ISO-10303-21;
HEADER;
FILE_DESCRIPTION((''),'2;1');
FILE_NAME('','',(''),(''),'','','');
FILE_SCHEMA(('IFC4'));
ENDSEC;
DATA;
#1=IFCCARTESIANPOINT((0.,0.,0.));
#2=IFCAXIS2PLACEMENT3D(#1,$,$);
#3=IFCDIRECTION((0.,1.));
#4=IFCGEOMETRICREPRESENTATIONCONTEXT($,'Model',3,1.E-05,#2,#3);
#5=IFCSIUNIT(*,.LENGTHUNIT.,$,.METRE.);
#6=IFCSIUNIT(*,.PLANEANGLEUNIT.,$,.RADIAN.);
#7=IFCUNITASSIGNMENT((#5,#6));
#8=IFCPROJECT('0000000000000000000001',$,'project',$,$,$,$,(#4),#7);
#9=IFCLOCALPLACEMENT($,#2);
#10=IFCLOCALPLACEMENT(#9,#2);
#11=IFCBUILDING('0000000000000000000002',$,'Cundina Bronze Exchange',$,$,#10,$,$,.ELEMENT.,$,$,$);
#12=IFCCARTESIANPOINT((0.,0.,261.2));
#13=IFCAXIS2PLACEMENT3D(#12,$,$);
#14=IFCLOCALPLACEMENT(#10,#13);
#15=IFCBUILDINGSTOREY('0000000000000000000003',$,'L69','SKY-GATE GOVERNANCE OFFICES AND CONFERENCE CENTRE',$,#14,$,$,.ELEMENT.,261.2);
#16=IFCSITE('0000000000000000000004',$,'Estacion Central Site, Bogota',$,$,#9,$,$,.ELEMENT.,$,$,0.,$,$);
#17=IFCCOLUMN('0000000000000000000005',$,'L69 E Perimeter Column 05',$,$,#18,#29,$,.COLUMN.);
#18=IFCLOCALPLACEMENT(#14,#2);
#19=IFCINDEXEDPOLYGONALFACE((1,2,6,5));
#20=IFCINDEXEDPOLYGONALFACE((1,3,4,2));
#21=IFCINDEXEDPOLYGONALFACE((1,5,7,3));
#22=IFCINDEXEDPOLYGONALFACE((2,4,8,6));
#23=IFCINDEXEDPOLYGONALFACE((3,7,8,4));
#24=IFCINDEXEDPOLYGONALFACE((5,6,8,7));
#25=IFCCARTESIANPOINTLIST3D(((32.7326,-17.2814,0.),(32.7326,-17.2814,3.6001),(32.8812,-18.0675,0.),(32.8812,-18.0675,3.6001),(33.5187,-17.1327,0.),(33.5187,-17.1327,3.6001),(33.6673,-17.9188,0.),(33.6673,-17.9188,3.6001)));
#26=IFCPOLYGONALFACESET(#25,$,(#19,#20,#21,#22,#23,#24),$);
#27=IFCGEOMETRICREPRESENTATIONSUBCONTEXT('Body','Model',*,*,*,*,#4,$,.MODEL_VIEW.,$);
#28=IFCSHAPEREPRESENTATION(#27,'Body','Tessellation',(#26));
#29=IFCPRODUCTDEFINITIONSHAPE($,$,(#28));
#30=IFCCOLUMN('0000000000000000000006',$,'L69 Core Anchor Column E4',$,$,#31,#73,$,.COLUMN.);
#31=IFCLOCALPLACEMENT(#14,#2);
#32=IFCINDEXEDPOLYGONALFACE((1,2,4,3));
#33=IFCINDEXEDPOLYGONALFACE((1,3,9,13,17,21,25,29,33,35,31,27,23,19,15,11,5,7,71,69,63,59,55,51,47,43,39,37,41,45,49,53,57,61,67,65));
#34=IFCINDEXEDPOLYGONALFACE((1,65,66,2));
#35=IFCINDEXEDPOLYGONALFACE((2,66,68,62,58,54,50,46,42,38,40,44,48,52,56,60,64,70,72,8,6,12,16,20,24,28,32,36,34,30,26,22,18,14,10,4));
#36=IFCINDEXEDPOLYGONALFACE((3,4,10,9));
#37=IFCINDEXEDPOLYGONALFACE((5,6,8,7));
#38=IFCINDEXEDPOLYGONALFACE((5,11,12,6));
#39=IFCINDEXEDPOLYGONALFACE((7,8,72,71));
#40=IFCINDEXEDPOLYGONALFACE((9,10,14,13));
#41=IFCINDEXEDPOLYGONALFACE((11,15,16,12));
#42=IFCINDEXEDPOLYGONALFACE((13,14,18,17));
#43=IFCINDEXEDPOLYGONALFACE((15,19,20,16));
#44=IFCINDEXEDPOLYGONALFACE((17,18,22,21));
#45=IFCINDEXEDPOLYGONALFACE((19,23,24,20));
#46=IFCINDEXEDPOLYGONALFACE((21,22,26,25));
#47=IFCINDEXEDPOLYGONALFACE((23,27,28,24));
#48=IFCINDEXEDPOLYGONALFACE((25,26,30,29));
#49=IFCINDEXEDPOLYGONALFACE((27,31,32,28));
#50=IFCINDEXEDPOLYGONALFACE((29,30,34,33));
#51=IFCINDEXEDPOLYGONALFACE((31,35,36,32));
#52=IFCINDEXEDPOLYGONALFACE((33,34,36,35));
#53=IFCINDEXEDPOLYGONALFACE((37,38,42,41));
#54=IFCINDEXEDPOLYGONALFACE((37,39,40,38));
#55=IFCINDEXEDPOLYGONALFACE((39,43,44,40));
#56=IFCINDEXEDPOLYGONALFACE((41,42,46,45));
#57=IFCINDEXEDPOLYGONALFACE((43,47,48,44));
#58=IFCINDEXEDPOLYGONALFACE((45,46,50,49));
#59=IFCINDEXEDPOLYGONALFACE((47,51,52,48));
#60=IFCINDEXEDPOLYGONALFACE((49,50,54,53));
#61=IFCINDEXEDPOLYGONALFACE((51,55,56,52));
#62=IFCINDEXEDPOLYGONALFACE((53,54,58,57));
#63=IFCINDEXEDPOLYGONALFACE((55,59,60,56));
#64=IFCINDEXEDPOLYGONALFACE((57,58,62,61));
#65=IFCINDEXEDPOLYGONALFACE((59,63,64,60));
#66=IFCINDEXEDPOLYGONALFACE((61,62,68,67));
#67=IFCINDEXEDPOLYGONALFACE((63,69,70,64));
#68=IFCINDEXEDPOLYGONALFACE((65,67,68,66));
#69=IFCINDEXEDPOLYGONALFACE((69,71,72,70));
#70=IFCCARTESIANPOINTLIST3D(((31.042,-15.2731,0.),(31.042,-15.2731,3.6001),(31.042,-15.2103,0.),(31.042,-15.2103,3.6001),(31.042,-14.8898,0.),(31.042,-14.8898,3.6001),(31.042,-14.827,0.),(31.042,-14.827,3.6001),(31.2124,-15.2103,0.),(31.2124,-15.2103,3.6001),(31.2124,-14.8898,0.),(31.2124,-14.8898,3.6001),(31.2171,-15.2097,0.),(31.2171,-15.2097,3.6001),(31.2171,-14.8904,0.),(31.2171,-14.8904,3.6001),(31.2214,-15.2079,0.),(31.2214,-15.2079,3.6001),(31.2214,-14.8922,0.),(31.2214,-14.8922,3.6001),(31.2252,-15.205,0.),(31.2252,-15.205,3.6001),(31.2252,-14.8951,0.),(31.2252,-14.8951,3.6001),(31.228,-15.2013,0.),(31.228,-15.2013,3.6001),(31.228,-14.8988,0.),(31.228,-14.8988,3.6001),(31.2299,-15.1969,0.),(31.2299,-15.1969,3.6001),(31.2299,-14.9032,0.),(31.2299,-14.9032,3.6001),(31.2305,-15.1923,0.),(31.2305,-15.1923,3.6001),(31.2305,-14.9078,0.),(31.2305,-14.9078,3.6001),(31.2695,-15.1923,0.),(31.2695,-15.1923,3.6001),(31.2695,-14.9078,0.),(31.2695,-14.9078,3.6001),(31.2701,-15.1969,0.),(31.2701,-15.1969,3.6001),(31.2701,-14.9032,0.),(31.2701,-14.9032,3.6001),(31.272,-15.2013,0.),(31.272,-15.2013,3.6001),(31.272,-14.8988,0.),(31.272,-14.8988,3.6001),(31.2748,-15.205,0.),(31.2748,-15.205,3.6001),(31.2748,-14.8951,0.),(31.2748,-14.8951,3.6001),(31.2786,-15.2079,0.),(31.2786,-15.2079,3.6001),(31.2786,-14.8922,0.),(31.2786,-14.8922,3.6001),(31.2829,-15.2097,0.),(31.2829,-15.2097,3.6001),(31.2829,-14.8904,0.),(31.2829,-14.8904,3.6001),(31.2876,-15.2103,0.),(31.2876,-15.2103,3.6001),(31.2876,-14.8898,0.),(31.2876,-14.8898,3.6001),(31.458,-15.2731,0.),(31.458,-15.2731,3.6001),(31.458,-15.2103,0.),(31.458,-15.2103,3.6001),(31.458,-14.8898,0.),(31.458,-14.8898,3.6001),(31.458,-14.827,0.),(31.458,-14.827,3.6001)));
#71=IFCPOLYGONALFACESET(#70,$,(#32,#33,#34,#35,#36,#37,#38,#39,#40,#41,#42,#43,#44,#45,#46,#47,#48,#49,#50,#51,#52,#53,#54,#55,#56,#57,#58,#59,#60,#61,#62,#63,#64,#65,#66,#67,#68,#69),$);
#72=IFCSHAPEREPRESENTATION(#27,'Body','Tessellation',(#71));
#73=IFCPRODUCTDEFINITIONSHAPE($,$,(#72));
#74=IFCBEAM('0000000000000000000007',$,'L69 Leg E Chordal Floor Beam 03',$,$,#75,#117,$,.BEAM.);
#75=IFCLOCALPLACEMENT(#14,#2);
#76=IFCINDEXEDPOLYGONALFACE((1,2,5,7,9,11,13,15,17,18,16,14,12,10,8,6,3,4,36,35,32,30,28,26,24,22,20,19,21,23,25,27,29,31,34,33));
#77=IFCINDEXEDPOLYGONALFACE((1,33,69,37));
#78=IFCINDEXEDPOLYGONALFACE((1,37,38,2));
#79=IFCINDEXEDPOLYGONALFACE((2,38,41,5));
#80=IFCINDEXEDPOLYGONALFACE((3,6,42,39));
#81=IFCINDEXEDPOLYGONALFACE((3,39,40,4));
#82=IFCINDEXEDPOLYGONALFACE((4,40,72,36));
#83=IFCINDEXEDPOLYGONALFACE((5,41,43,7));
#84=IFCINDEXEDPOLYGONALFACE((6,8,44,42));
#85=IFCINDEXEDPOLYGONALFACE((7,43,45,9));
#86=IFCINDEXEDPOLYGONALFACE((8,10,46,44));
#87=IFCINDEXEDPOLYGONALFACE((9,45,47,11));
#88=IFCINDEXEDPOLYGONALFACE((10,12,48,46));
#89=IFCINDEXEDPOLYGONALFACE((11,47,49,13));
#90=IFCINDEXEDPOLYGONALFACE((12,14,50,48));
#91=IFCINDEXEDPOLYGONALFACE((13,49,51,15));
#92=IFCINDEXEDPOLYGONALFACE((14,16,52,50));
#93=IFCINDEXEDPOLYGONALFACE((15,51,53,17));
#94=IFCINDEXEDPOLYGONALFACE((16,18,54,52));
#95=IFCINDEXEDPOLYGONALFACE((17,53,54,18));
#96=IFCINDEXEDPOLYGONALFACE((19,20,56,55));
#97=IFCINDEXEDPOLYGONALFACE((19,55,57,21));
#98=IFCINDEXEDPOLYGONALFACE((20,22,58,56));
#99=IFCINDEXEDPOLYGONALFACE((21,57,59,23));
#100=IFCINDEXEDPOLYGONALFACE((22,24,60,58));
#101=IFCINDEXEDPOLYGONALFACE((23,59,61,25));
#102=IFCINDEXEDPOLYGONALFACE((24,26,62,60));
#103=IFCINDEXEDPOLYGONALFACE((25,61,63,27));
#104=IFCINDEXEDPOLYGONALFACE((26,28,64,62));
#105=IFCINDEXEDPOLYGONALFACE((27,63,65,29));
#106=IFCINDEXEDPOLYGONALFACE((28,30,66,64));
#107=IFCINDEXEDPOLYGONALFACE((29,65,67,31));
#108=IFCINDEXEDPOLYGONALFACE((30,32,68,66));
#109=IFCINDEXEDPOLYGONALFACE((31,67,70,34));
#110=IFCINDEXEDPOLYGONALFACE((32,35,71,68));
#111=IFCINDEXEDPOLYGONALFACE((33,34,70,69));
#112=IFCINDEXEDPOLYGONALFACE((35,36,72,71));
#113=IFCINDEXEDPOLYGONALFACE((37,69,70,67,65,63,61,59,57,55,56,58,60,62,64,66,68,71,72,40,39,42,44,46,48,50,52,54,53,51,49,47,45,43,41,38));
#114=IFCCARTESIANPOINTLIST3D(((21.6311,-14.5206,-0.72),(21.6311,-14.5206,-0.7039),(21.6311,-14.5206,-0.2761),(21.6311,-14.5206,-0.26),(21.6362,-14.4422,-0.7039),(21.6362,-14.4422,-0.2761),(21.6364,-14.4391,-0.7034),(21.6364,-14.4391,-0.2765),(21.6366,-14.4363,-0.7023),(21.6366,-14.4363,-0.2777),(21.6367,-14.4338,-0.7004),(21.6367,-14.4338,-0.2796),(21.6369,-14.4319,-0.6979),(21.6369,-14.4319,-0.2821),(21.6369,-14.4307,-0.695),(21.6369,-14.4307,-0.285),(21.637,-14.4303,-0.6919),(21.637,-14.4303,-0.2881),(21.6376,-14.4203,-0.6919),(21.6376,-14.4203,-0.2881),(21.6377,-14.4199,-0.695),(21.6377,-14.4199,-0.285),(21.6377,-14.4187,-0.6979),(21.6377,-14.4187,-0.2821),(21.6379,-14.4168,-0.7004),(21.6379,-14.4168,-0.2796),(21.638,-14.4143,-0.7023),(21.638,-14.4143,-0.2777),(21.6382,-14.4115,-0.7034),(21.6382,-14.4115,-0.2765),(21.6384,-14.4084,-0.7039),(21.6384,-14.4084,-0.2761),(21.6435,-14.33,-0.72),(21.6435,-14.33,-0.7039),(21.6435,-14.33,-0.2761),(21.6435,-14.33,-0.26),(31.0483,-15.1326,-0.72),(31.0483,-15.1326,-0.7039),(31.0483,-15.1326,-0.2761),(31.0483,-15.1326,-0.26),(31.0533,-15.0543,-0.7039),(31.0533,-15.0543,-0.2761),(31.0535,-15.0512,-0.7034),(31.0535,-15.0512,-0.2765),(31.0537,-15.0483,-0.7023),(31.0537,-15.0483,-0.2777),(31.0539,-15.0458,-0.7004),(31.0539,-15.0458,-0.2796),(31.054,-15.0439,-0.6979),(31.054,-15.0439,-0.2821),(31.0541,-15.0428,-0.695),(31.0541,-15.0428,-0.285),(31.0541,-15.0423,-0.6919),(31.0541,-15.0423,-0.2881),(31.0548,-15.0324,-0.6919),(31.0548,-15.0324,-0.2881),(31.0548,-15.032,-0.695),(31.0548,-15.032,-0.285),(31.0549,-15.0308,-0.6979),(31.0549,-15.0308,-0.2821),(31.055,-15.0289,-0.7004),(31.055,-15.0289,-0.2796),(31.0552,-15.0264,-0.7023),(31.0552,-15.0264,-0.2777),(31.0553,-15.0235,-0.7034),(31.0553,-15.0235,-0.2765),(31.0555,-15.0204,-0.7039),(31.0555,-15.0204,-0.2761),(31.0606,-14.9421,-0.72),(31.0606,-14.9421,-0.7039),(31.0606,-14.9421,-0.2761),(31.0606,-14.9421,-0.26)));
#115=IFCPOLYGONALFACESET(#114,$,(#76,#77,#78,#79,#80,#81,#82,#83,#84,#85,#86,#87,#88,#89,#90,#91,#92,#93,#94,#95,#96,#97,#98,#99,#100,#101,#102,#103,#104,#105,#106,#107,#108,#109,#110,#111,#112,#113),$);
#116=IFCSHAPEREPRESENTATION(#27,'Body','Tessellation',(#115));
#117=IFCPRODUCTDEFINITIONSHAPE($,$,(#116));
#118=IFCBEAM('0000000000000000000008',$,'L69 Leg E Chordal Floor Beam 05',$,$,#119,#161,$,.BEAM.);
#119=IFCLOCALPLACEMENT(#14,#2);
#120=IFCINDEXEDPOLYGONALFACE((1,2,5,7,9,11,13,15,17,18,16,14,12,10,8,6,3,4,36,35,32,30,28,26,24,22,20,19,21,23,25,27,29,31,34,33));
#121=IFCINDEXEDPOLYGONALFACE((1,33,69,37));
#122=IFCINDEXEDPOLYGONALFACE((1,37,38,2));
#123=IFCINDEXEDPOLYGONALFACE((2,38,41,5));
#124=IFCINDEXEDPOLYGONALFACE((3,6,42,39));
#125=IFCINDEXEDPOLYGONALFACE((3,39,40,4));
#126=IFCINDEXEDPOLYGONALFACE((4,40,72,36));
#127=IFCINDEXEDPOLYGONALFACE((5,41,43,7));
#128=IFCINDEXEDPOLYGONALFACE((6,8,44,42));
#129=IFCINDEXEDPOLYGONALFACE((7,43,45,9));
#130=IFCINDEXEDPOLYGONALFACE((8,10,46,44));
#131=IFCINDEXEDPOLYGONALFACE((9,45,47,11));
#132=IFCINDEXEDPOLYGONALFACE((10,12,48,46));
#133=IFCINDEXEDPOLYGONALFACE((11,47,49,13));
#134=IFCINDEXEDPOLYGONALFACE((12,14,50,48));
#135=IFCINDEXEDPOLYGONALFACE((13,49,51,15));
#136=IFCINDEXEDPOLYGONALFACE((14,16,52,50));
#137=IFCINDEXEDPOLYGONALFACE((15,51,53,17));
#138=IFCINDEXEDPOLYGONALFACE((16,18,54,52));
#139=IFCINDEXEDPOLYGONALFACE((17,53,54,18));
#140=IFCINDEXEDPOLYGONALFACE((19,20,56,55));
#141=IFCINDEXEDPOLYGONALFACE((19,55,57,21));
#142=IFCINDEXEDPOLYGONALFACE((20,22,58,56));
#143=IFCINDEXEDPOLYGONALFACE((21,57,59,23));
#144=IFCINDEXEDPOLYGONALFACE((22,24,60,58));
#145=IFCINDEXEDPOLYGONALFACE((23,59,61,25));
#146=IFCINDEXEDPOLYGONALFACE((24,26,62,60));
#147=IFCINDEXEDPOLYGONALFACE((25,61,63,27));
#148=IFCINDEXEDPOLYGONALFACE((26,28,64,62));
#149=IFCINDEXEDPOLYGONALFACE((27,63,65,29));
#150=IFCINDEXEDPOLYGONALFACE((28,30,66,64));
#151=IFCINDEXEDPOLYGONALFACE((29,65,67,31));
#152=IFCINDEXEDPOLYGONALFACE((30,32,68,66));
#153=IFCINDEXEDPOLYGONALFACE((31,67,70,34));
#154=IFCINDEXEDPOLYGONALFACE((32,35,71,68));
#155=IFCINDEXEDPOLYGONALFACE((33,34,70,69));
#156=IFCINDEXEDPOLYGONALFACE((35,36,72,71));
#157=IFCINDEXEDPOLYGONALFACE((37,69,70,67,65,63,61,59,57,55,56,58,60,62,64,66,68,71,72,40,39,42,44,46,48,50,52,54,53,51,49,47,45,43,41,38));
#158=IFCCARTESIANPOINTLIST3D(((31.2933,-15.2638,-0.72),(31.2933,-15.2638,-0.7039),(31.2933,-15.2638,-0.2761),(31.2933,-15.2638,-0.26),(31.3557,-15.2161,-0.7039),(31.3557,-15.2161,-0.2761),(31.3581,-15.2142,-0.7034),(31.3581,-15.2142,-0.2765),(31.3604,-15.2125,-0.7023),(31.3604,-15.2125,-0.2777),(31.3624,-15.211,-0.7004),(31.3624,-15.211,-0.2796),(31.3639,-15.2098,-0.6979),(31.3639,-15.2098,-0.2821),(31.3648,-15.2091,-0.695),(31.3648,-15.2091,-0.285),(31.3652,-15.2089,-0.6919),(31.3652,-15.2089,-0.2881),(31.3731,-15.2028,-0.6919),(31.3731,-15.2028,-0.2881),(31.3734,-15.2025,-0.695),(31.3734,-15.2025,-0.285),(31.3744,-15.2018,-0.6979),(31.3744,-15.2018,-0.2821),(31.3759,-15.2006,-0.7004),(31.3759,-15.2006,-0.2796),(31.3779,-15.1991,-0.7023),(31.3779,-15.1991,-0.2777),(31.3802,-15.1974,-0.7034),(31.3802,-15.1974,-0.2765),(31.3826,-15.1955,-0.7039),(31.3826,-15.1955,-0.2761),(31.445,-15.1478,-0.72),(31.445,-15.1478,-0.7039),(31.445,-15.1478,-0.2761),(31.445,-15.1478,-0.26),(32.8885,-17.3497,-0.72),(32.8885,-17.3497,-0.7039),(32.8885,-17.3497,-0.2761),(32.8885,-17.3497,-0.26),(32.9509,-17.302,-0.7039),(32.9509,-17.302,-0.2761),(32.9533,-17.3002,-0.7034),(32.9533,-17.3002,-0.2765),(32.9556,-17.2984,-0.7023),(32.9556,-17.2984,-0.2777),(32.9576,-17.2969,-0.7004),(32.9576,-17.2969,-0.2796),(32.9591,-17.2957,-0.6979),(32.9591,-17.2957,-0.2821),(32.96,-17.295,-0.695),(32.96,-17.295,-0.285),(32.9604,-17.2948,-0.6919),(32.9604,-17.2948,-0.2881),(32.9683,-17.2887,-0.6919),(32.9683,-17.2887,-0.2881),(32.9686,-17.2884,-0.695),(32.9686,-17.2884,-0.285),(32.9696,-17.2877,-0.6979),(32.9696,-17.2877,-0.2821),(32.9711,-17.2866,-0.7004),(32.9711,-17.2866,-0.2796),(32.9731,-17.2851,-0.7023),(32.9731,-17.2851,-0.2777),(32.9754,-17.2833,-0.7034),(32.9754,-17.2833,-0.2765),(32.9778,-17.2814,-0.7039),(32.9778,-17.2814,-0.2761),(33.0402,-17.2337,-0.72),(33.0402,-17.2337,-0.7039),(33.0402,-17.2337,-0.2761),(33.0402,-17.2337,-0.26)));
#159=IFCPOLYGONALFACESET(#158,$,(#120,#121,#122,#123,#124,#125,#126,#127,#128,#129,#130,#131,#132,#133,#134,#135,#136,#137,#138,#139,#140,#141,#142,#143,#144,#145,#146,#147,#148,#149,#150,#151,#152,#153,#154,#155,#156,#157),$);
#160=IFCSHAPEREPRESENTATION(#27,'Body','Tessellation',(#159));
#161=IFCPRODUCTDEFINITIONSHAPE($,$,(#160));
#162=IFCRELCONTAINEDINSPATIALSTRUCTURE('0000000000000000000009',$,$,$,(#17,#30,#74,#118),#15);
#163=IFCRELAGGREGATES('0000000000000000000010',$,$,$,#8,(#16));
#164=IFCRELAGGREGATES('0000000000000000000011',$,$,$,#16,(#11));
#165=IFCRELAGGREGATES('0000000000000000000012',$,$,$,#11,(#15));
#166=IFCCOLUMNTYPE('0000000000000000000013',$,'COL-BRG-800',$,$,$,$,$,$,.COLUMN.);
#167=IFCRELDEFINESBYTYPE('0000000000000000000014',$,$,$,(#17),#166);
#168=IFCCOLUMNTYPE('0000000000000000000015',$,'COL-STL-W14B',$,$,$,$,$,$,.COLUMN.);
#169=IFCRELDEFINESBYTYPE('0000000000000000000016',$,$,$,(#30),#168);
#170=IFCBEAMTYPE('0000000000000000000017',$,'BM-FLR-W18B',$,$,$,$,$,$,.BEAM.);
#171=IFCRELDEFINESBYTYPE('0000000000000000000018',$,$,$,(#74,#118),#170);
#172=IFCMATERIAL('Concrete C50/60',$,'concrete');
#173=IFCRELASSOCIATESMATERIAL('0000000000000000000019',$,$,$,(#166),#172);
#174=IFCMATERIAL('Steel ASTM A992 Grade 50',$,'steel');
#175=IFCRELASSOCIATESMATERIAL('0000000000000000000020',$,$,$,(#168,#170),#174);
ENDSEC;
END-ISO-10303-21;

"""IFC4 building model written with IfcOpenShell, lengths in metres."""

from ifc_helpers import new_model, si_unit, direction, frame, origin, origin_2d, place, context, subcontext, project, spatial, rectangle, i_section, extrude, material, material_profile, profile_set, type_object, element, save


model = new_model("IFC4")

# Units and contexts
model_context = context("Model", 3, precision=1e-05, world=origin(), true_north=direction((0.0, 1.0)))
body_context = subcontext(model_context, "Body", "Model", "MODEL_VIEW")
ifc_project = project(units=[si_unit("LENGTHUNIT", "METRE"), si_unit("PLANEANGLEUNIT", "RADIAN")], contexts=[model_context])

# Site, building, storey
site_placement = place(None, origin())
site = spatial("IfcSite", under=ifc_project, at=site_placement, Name="Estacion Central Site, Bogota", CompositionType="ELEMENT", RefElevation=0.0)
building_placement = place(site_placement, origin())
building = spatial("IfcBuilding", under=site, at=building_placement, Name="Cundina Bronze Exchange", CompositionType="ELEMENT")
storey_placement = place(building_placement, frame((0.0, 0.0, 261.2)))
storey = spatial("IfcBuildingStorey", under=building, at=storey_placement, Name="L69", Description="SKY-GATE GOVERNANCE OFFICES AND CONFERENCE CENTRE", CompositionType="ELEMENT", Elevation=261.2)

# Columns
ifc_material_1 = material(Name="Concrete C50/60", Category="concrete")
ifc_material_profile_1 = material_profile(ifc_material_1, rectangle(XDim=0.8, YDim=0.8, at=origin_2d()), Name="RC800X800", Category="concrete")
ifc_profile_set_1 = profile_set([ifc_material_profile_1], Name="Concrete C50/60")
column_type_1 = type_object("IfcColumnType", Name="COL-BRG-800", PredefinedType="COLUMN", material=ifc_profile_set_1)
column_1_placement = place(storey_placement, frame((33.2, -17.6001, 0.0), z_axis=(0.0, 0.0, 1.0), x_axis=(0.98258, 0.185838, 0.0)))
element("IfcColumn", 1, at=column_1_placement, inside=storey, type_object=column_type_1, Name="L69 E Perimeter Column 05", PredefinedType="COLUMN", context=body_context, shape_type="SweptSolid", body=[
    extrude(rectangle(XDim=0.8, YDim=0.8, at=origin_2d()), origin(), (0.0, 0.0, 1.0), 3.6001),
])
ifc_material_2 = material(Name="Steel ASTM A992 Grade 50", Category="steel")
ifc_material_profile_2 = material_profile(ifc_material_2, i_section(OverallWidth=0.416, OverallDepth=0.446, WebThickness=0.0391, FlangeThickness=0.0627, FilletRadius=0.0181, at=origin_2d()), Name="W14X342", Category="steel")
ifc_profile_set_2 = profile_set([ifc_material_profile_2], Name="Steel ASTM A992 Grade 50")
column_type_2 = type_object("IfcColumnType", Name="COL-STL-W14B", PredefinedType="COLUMN", material=ifc_profile_set_2)
column_2_placement = place(storey_placement, frame((31.25, -15.05, 0.0), z_axis=(0.0, 0.0, 1.0), x_axis=(1.0, 0.0, 0.0)))
element("IfcColumn", 2, at=column_2_placement, inside=storey, type_object=column_type_2, Name="L69 Core Anchor Column E4", PredefinedType="COLUMN", context=body_context, shape_type="SweptSolid", body=[
    extrude(i_section(OverallWidth=0.416, OverallDepth=0.446, WebThickness=0.0391, FlangeThickness=0.0627, FilletRadius=0.0181, at=origin_2d()), origin(), (0.0, 0.0, 1.0), 3.6001),
])

# Beams
ifc_material_profile_3 = material_profile(ifc_material_2, i_section(OverallWidth=0.1909, OverallDepth=0.46, WebThickness=0.01, FlangeThickness=0.0161, FilletRadius=0.012, at=origin_2d()), Name="W18X55", Category="steel")
ifc_profile_set_3 = profile_set([ifc_material_profile_3], Name="Steel ASTM A992 Grade 50")
beam_type_1 = type_object("IfcBeamType", Name="BM-FLR-W18B", PredefinedType="BEAM", material=ifc_profile_set_3)
beam_1_placement = place(storey_placement, frame((31.0544, -15.0374, -0.49), z_axis=(-0.997895, 0.064857, 0.0), x_axis=(-0.064857, -0.997895, 0.0)))
element("IfcBeam", 3, at=beam_1_placement, inside=storey, type_object=beam_type_1, Name="L69 Leg E Chordal Floor Beam 03", PredefinedType="BEAM", context=body_context, shape_type="SweptSolid", body=[
    extrude(i_section(OverallWidth=0.1909, OverallDepth=0.46, WebThickness=0.01, FlangeThickness=0.0161, FilletRadius=0.012, at=origin_2d()), origin(), (0.0, 0.0, 1.0), 9.437),
])
beam_2_placement = place(storey_placement, frame((31.3691, -15.2058, -0.49), z_axis=(0.607471, -0.794342, 0.0), x_axis=(0.794342, 0.607471, 0.0)))
element("IfcBeam", 4, at=beam_2_placement, inside=storey, type_object=beam_type_1, Name="L69 Leg E Chordal Floor Beam 05", PredefinedType="BEAM", context=body_context, shape_type="SweptSolid", body=[
    extrude(i_section(OverallWidth=0.1909, OverallDepth=0.46, WebThickness=0.01, FlangeThickness=0.0161, FilletRadius=0.012, at=origin_2d()), origin(), (0.0, 0.0, 1.0), 2.626),
])

save(model, "model.ifc")
